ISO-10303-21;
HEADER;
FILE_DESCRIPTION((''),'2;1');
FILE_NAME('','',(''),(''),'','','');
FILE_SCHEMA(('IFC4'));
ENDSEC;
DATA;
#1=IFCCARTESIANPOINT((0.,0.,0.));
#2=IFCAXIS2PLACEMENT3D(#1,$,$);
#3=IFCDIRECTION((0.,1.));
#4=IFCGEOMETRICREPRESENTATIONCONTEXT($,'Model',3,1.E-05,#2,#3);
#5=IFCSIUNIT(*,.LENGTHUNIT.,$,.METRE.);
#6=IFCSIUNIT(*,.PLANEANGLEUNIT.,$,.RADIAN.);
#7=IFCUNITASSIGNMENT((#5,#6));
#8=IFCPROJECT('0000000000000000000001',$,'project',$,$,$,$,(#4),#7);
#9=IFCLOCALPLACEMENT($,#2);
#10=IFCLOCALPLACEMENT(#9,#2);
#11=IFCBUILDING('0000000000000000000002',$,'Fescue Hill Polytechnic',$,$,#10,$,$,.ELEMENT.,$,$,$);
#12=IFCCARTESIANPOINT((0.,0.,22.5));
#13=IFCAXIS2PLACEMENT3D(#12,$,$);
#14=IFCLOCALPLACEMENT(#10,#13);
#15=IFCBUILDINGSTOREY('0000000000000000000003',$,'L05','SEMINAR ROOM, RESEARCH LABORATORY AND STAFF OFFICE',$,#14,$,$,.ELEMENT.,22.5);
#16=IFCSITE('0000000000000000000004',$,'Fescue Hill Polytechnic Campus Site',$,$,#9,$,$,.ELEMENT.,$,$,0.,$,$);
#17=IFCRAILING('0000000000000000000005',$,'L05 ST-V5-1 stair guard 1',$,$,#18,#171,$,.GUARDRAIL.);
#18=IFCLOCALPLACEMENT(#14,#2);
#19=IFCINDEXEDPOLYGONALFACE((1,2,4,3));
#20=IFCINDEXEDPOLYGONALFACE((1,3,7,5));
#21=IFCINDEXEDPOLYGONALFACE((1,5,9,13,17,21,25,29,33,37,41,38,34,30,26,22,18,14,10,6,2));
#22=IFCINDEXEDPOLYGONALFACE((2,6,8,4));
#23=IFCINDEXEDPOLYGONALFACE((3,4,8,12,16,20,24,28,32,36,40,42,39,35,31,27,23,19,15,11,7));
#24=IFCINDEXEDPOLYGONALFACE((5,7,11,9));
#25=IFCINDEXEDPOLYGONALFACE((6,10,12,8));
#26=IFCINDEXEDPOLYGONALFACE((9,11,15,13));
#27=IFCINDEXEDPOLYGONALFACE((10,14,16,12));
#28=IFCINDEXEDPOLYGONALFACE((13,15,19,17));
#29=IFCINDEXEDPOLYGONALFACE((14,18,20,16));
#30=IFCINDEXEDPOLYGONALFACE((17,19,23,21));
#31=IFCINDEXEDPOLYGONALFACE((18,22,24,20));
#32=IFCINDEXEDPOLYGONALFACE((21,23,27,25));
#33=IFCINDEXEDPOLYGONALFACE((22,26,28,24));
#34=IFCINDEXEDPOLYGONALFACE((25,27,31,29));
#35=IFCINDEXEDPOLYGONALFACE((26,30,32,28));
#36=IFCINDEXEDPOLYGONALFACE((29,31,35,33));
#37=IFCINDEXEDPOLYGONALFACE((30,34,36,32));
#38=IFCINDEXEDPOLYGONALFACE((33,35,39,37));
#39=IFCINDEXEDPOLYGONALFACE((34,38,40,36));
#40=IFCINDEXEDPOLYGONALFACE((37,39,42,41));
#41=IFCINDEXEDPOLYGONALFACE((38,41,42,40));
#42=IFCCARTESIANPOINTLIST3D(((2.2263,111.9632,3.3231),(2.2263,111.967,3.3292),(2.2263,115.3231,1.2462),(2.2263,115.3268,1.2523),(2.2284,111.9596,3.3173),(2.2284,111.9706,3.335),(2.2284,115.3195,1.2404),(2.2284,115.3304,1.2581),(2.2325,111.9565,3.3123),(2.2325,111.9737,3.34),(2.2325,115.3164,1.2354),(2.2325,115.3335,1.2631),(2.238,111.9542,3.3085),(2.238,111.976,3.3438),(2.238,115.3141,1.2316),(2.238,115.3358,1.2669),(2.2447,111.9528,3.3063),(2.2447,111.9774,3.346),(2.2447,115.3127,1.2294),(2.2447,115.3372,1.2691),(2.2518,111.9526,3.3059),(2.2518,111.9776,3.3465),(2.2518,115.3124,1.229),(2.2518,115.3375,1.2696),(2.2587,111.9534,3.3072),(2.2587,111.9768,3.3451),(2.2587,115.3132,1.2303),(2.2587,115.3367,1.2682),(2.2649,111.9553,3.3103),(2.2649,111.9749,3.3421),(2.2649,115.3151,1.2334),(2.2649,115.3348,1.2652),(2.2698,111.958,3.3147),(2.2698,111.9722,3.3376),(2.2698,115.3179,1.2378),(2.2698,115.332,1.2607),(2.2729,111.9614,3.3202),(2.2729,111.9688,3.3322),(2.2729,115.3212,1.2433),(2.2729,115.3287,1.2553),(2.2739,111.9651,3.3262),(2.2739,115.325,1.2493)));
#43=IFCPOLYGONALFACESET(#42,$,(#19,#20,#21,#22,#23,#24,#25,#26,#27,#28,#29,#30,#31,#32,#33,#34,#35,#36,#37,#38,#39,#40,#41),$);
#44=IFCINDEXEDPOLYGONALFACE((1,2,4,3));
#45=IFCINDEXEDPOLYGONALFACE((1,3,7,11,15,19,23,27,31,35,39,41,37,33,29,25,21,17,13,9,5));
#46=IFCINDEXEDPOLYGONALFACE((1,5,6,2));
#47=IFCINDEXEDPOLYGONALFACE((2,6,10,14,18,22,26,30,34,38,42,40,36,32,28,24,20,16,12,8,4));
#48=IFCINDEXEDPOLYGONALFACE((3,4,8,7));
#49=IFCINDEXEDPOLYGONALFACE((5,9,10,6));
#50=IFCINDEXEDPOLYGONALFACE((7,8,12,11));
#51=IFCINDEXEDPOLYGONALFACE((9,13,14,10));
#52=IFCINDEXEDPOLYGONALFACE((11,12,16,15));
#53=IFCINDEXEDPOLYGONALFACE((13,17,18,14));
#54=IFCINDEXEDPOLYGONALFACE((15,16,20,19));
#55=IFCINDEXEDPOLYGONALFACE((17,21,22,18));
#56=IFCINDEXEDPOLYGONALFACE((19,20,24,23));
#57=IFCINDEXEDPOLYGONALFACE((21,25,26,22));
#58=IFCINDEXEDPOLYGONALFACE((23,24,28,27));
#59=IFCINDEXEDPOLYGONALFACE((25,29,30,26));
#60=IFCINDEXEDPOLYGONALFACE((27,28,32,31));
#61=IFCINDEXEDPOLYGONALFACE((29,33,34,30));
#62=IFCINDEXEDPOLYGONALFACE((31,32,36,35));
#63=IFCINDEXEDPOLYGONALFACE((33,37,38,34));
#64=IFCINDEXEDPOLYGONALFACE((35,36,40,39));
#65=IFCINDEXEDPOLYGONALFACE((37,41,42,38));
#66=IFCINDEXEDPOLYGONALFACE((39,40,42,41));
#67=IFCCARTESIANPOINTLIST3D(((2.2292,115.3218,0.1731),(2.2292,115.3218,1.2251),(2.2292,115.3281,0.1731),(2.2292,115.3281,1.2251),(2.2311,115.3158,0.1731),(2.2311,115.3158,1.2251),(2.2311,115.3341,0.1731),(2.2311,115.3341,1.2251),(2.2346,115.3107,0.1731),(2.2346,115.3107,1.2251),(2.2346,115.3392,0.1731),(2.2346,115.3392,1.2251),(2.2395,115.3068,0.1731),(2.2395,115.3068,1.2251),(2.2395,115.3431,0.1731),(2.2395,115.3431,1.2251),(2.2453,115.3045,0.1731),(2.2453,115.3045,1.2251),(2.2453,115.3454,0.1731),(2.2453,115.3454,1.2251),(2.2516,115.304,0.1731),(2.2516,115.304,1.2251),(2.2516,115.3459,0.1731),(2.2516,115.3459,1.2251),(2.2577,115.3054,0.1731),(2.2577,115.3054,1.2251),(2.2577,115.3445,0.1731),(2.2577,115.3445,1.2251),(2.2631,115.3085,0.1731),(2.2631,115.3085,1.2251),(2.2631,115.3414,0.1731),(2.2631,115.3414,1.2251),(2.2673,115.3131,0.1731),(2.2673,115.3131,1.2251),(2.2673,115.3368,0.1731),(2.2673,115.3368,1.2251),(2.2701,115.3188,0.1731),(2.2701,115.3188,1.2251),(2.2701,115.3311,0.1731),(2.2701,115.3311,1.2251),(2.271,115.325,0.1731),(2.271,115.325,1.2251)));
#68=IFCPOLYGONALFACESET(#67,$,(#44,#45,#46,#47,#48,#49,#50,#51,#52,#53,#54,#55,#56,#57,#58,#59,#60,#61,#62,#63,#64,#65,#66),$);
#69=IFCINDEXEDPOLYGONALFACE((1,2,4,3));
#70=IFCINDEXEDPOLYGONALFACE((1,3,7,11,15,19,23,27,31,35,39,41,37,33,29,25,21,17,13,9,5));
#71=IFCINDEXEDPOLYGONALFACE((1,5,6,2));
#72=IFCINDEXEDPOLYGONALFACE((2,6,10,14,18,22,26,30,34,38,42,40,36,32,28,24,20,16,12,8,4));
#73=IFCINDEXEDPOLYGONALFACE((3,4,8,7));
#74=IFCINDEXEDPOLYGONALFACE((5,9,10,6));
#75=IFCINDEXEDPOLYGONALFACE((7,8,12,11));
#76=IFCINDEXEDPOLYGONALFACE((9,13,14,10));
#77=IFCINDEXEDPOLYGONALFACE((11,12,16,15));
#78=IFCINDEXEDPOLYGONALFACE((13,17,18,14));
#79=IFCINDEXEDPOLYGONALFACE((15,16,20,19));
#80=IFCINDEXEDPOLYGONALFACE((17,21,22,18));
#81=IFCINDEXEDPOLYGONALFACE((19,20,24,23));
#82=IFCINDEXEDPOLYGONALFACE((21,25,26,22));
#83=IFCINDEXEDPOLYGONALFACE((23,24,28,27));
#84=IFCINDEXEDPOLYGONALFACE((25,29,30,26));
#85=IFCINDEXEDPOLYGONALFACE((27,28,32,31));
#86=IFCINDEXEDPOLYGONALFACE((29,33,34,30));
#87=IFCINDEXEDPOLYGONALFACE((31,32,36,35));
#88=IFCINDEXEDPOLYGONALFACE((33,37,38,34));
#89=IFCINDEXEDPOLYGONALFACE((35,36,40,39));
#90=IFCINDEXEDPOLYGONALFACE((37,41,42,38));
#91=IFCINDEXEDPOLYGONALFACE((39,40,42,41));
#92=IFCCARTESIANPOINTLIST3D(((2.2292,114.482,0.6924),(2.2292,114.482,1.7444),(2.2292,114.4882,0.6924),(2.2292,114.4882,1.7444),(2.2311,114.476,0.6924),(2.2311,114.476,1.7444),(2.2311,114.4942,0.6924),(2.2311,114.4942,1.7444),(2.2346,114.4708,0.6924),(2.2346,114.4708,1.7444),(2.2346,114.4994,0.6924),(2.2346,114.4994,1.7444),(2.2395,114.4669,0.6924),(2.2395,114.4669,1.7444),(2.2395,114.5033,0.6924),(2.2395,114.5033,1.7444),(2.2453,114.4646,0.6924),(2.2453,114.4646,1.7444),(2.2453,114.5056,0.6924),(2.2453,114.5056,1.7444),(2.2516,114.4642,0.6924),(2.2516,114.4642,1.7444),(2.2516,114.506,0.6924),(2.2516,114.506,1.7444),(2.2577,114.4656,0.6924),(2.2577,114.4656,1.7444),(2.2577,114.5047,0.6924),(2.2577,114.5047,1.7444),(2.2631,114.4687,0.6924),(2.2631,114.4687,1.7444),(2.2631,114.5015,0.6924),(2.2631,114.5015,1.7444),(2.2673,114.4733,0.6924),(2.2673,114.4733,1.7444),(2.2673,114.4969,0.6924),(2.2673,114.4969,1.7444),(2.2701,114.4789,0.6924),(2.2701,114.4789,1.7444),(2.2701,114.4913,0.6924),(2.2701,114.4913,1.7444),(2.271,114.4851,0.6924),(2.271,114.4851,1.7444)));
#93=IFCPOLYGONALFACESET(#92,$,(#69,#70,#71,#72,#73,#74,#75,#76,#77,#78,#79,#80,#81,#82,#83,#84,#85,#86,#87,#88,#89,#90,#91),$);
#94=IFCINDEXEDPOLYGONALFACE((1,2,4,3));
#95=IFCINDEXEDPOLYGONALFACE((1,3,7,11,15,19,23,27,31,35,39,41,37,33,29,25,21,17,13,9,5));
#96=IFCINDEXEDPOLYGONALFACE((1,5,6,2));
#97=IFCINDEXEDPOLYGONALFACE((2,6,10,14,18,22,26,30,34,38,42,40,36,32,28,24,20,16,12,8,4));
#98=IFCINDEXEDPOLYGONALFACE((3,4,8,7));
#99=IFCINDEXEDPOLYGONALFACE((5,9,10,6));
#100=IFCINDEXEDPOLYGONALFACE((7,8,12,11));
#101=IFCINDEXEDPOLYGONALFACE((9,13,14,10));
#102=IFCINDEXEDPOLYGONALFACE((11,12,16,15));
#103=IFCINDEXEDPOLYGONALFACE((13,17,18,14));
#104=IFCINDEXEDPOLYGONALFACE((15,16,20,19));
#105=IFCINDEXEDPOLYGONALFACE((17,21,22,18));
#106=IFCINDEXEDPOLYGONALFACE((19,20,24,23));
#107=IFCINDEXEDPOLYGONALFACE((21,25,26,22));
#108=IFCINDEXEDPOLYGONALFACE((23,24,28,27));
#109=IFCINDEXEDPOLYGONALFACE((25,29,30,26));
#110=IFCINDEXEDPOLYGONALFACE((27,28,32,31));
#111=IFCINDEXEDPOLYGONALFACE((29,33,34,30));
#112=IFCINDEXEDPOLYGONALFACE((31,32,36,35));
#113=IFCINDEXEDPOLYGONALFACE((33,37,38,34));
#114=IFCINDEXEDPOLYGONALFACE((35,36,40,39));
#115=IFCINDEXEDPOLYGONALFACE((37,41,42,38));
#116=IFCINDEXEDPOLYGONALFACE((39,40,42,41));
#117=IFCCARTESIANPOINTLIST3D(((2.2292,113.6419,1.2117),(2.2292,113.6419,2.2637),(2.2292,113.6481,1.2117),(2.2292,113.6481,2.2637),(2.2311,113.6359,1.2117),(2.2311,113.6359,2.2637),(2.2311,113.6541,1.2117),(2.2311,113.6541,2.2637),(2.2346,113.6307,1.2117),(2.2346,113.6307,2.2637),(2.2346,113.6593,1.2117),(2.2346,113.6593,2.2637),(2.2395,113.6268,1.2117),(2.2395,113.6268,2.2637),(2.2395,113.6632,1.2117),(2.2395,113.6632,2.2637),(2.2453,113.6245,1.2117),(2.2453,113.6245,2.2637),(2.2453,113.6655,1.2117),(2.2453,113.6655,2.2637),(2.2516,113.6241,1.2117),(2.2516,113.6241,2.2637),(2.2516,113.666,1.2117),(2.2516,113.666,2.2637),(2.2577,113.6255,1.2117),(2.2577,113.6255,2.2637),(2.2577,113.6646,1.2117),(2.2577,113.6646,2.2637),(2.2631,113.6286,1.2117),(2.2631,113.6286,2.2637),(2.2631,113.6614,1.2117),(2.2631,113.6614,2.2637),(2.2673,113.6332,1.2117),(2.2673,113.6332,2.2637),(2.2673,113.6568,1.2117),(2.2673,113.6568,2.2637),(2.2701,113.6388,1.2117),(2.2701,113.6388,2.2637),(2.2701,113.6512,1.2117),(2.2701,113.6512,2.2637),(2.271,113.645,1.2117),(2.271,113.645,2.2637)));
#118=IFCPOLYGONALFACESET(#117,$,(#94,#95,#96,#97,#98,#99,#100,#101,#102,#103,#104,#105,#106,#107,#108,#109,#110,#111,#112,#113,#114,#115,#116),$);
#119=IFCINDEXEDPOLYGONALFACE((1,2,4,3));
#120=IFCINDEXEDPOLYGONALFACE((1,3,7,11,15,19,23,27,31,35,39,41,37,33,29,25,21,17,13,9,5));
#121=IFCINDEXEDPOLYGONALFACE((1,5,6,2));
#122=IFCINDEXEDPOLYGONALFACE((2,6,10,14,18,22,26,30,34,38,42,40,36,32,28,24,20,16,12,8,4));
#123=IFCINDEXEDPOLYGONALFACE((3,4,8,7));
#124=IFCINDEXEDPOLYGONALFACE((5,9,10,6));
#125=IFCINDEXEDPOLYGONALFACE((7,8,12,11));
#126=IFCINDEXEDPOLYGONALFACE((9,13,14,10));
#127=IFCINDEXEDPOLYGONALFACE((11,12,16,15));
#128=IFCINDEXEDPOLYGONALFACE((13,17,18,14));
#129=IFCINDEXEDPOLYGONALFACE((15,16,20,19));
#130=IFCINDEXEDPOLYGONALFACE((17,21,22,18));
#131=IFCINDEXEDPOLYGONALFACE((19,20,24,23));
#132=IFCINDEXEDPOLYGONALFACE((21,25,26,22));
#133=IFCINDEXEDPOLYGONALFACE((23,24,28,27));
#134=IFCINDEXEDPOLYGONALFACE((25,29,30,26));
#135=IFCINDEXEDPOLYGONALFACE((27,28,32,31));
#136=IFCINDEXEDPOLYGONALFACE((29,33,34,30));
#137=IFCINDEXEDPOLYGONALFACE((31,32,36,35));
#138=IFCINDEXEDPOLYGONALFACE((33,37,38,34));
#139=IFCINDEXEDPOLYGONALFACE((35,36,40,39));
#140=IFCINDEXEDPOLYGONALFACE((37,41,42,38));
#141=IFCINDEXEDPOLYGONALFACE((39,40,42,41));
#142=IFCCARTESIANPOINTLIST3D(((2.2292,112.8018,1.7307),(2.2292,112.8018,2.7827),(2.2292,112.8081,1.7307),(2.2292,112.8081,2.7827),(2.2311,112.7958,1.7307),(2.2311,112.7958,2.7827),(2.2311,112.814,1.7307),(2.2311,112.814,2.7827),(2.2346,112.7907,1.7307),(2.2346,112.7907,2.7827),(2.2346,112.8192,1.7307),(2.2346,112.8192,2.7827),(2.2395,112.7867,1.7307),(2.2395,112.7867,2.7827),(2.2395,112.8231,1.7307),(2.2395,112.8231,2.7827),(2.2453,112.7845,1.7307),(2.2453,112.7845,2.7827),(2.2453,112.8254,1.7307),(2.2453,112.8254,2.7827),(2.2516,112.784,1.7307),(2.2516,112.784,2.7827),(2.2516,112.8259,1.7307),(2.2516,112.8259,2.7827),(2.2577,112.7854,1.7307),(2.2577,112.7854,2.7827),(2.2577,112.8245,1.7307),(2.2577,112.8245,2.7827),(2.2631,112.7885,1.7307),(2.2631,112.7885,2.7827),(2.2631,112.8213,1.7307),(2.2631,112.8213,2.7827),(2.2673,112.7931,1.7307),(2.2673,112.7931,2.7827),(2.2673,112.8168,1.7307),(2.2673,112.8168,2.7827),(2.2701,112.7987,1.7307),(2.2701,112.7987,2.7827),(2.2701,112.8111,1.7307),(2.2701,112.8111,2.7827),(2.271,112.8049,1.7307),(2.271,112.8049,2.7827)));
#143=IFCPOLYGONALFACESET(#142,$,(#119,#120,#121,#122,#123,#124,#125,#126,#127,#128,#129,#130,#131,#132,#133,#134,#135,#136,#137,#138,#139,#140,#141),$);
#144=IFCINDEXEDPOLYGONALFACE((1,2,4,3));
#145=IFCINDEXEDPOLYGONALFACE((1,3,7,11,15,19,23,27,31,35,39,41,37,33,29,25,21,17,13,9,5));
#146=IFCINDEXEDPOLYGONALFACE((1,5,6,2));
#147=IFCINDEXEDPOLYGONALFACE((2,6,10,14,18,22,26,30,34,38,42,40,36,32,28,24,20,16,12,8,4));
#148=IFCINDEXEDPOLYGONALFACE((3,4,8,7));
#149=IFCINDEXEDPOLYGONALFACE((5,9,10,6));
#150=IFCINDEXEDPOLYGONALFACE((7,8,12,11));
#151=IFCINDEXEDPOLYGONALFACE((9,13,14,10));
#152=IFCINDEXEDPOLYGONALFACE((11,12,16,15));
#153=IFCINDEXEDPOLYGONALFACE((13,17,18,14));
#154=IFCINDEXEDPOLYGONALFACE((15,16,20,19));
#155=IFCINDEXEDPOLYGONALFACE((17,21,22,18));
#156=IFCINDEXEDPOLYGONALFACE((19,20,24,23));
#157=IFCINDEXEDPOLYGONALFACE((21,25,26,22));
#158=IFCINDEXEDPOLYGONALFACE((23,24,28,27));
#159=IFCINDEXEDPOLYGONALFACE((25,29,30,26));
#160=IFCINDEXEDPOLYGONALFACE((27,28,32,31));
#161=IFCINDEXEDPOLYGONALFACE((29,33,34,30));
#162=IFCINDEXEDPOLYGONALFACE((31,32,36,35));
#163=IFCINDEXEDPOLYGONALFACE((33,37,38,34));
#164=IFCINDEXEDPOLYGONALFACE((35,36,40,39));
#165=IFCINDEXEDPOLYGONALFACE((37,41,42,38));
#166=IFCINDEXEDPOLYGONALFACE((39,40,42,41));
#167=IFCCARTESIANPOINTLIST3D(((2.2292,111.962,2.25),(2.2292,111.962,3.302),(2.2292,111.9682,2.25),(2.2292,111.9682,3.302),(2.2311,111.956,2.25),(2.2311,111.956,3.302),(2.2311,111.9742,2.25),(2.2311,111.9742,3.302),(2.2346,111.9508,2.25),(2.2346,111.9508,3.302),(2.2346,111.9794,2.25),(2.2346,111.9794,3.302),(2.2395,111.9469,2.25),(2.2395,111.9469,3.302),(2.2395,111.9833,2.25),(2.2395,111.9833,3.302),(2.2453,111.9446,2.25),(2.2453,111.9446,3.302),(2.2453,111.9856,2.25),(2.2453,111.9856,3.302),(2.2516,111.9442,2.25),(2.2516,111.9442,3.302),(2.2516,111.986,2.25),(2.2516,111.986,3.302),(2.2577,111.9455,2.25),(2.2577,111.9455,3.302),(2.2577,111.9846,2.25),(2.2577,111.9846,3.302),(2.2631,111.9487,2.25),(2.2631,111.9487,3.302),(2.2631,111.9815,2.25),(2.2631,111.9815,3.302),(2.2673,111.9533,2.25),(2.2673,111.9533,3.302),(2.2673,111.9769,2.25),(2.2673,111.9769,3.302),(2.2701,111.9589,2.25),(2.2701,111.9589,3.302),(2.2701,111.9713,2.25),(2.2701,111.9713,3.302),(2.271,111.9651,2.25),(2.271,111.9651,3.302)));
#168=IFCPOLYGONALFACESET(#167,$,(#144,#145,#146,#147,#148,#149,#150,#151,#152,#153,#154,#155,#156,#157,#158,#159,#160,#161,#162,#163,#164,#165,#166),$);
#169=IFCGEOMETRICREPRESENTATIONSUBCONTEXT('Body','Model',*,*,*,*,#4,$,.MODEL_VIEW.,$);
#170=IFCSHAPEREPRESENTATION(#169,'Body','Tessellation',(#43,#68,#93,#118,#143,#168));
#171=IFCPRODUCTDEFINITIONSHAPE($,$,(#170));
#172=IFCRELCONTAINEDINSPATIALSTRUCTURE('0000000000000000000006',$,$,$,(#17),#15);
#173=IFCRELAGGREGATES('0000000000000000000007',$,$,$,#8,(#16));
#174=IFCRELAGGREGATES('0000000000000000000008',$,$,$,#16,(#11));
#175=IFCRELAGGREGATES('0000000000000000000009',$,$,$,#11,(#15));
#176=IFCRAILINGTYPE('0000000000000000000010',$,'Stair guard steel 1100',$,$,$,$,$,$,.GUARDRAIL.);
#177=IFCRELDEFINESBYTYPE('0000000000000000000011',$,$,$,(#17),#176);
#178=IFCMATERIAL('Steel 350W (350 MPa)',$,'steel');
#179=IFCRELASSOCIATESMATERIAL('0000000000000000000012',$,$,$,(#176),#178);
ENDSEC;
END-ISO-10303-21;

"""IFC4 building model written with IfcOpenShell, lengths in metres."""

from ifc_helpers import new_model, si_unit, direction, frame, origin, origin_2d, place, context, subcontext, project, spatial, circle, extrude, material, type_object, element, save


model = new_model("IFC4")

# Units and contexts
model_context = context("Model", 3, precision=1e-05, world=origin(), true_north=direction((0.0, 1.0)))
body_context = subcontext(model_context, "Body", "Model", "MODEL_VIEW")
ifc_project = project(units=[si_unit("LENGTHUNIT", "METRE"), si_unit("PLANEANGLEUNIT", "RADIAN")], contexts=[model_context])

# Site, building, storey
site_placement = place(None, origin())
site = spatial("IfcSite", under=ifc_project, at=site_placement, Name="Fescue Hill Polytechnic Campus Site", CompositionType="ELEMENT", RefElevation=0.0)
building_placement = place(site_placement, origin())
building = spatial("IfcBuilding", under=site, at=building_placement, Name="Fescue Hill Polytechnic", CompositionType="ELEMENT")
storey_placement = place(building_placement, frame((0.0, 0.0, 22.5)))
storey = spatial("IfcBuildingStorey", under=building, at=storey_placement, Name="L05", Description="SEMINAR ROOM, RESEARCH LABORATORY AND STAFF OFFICE", CompositionType="ELEMENT", Elevation=22.5)

# Railing
ifc_material_1 = material(Name="Steel 350W (350 MPa)", Category="steel")
railing_type_1 = type_object("IfcRailingType", Name="Stair guard steel 1100", PredefinedType="GUARDRAIL", material=ifc_material_1)
railing_1_placement = place(storey_placement, frame((2.25, 115.325, 0.1731)))
element("IfcRailing", 1, at=railing_1_placement, inside=storey, type_object=railing_type_1, Name="L05 ST-V5-1 stair guard 1", PredefinedType="GUARDRAIL", context=body_context, shape_type="SweptSolid", body=[
    extrude(circle(Radius=0.0239, at=origin_2d()), frame((0.0, 0.0, 1.0762), z_axis=(0.0, -0.850606, 0.525803), x_axis=(1.0, 0.0, 0.0)), (0.0, 0.0, 1.0), 3.95),
    extrude(circle(Radius=0.021, at=origin_2d()), origin(), (0.0, 0.0, 1.0), 1.052),
    extrude(circle(Radius=0.021, at=origin_2d()), frame((0.0, -0.8398, 0.5193)), (0.0, 0.0, 1.0), 1.052),
    extrude(circle(Radius=0.021, at=origin_2d()), frame((0.0, -1.6799, 1.0386)), (0.0, 0.0, 1.0), 1.052),
    extrude(circle(Radius=0.021, at=origin_2d()), frame((0.0, -2.52, 1.5576)), (0.0, 0.0, 1.0), 1.052),
    extrude(circle(Radius=0.021, at=origin_2d()), frame((0.0, -3.3599, 2.0769)), (0.0, 0.0, 1.0), 1.052),
])

save(model, "model.ifc")
